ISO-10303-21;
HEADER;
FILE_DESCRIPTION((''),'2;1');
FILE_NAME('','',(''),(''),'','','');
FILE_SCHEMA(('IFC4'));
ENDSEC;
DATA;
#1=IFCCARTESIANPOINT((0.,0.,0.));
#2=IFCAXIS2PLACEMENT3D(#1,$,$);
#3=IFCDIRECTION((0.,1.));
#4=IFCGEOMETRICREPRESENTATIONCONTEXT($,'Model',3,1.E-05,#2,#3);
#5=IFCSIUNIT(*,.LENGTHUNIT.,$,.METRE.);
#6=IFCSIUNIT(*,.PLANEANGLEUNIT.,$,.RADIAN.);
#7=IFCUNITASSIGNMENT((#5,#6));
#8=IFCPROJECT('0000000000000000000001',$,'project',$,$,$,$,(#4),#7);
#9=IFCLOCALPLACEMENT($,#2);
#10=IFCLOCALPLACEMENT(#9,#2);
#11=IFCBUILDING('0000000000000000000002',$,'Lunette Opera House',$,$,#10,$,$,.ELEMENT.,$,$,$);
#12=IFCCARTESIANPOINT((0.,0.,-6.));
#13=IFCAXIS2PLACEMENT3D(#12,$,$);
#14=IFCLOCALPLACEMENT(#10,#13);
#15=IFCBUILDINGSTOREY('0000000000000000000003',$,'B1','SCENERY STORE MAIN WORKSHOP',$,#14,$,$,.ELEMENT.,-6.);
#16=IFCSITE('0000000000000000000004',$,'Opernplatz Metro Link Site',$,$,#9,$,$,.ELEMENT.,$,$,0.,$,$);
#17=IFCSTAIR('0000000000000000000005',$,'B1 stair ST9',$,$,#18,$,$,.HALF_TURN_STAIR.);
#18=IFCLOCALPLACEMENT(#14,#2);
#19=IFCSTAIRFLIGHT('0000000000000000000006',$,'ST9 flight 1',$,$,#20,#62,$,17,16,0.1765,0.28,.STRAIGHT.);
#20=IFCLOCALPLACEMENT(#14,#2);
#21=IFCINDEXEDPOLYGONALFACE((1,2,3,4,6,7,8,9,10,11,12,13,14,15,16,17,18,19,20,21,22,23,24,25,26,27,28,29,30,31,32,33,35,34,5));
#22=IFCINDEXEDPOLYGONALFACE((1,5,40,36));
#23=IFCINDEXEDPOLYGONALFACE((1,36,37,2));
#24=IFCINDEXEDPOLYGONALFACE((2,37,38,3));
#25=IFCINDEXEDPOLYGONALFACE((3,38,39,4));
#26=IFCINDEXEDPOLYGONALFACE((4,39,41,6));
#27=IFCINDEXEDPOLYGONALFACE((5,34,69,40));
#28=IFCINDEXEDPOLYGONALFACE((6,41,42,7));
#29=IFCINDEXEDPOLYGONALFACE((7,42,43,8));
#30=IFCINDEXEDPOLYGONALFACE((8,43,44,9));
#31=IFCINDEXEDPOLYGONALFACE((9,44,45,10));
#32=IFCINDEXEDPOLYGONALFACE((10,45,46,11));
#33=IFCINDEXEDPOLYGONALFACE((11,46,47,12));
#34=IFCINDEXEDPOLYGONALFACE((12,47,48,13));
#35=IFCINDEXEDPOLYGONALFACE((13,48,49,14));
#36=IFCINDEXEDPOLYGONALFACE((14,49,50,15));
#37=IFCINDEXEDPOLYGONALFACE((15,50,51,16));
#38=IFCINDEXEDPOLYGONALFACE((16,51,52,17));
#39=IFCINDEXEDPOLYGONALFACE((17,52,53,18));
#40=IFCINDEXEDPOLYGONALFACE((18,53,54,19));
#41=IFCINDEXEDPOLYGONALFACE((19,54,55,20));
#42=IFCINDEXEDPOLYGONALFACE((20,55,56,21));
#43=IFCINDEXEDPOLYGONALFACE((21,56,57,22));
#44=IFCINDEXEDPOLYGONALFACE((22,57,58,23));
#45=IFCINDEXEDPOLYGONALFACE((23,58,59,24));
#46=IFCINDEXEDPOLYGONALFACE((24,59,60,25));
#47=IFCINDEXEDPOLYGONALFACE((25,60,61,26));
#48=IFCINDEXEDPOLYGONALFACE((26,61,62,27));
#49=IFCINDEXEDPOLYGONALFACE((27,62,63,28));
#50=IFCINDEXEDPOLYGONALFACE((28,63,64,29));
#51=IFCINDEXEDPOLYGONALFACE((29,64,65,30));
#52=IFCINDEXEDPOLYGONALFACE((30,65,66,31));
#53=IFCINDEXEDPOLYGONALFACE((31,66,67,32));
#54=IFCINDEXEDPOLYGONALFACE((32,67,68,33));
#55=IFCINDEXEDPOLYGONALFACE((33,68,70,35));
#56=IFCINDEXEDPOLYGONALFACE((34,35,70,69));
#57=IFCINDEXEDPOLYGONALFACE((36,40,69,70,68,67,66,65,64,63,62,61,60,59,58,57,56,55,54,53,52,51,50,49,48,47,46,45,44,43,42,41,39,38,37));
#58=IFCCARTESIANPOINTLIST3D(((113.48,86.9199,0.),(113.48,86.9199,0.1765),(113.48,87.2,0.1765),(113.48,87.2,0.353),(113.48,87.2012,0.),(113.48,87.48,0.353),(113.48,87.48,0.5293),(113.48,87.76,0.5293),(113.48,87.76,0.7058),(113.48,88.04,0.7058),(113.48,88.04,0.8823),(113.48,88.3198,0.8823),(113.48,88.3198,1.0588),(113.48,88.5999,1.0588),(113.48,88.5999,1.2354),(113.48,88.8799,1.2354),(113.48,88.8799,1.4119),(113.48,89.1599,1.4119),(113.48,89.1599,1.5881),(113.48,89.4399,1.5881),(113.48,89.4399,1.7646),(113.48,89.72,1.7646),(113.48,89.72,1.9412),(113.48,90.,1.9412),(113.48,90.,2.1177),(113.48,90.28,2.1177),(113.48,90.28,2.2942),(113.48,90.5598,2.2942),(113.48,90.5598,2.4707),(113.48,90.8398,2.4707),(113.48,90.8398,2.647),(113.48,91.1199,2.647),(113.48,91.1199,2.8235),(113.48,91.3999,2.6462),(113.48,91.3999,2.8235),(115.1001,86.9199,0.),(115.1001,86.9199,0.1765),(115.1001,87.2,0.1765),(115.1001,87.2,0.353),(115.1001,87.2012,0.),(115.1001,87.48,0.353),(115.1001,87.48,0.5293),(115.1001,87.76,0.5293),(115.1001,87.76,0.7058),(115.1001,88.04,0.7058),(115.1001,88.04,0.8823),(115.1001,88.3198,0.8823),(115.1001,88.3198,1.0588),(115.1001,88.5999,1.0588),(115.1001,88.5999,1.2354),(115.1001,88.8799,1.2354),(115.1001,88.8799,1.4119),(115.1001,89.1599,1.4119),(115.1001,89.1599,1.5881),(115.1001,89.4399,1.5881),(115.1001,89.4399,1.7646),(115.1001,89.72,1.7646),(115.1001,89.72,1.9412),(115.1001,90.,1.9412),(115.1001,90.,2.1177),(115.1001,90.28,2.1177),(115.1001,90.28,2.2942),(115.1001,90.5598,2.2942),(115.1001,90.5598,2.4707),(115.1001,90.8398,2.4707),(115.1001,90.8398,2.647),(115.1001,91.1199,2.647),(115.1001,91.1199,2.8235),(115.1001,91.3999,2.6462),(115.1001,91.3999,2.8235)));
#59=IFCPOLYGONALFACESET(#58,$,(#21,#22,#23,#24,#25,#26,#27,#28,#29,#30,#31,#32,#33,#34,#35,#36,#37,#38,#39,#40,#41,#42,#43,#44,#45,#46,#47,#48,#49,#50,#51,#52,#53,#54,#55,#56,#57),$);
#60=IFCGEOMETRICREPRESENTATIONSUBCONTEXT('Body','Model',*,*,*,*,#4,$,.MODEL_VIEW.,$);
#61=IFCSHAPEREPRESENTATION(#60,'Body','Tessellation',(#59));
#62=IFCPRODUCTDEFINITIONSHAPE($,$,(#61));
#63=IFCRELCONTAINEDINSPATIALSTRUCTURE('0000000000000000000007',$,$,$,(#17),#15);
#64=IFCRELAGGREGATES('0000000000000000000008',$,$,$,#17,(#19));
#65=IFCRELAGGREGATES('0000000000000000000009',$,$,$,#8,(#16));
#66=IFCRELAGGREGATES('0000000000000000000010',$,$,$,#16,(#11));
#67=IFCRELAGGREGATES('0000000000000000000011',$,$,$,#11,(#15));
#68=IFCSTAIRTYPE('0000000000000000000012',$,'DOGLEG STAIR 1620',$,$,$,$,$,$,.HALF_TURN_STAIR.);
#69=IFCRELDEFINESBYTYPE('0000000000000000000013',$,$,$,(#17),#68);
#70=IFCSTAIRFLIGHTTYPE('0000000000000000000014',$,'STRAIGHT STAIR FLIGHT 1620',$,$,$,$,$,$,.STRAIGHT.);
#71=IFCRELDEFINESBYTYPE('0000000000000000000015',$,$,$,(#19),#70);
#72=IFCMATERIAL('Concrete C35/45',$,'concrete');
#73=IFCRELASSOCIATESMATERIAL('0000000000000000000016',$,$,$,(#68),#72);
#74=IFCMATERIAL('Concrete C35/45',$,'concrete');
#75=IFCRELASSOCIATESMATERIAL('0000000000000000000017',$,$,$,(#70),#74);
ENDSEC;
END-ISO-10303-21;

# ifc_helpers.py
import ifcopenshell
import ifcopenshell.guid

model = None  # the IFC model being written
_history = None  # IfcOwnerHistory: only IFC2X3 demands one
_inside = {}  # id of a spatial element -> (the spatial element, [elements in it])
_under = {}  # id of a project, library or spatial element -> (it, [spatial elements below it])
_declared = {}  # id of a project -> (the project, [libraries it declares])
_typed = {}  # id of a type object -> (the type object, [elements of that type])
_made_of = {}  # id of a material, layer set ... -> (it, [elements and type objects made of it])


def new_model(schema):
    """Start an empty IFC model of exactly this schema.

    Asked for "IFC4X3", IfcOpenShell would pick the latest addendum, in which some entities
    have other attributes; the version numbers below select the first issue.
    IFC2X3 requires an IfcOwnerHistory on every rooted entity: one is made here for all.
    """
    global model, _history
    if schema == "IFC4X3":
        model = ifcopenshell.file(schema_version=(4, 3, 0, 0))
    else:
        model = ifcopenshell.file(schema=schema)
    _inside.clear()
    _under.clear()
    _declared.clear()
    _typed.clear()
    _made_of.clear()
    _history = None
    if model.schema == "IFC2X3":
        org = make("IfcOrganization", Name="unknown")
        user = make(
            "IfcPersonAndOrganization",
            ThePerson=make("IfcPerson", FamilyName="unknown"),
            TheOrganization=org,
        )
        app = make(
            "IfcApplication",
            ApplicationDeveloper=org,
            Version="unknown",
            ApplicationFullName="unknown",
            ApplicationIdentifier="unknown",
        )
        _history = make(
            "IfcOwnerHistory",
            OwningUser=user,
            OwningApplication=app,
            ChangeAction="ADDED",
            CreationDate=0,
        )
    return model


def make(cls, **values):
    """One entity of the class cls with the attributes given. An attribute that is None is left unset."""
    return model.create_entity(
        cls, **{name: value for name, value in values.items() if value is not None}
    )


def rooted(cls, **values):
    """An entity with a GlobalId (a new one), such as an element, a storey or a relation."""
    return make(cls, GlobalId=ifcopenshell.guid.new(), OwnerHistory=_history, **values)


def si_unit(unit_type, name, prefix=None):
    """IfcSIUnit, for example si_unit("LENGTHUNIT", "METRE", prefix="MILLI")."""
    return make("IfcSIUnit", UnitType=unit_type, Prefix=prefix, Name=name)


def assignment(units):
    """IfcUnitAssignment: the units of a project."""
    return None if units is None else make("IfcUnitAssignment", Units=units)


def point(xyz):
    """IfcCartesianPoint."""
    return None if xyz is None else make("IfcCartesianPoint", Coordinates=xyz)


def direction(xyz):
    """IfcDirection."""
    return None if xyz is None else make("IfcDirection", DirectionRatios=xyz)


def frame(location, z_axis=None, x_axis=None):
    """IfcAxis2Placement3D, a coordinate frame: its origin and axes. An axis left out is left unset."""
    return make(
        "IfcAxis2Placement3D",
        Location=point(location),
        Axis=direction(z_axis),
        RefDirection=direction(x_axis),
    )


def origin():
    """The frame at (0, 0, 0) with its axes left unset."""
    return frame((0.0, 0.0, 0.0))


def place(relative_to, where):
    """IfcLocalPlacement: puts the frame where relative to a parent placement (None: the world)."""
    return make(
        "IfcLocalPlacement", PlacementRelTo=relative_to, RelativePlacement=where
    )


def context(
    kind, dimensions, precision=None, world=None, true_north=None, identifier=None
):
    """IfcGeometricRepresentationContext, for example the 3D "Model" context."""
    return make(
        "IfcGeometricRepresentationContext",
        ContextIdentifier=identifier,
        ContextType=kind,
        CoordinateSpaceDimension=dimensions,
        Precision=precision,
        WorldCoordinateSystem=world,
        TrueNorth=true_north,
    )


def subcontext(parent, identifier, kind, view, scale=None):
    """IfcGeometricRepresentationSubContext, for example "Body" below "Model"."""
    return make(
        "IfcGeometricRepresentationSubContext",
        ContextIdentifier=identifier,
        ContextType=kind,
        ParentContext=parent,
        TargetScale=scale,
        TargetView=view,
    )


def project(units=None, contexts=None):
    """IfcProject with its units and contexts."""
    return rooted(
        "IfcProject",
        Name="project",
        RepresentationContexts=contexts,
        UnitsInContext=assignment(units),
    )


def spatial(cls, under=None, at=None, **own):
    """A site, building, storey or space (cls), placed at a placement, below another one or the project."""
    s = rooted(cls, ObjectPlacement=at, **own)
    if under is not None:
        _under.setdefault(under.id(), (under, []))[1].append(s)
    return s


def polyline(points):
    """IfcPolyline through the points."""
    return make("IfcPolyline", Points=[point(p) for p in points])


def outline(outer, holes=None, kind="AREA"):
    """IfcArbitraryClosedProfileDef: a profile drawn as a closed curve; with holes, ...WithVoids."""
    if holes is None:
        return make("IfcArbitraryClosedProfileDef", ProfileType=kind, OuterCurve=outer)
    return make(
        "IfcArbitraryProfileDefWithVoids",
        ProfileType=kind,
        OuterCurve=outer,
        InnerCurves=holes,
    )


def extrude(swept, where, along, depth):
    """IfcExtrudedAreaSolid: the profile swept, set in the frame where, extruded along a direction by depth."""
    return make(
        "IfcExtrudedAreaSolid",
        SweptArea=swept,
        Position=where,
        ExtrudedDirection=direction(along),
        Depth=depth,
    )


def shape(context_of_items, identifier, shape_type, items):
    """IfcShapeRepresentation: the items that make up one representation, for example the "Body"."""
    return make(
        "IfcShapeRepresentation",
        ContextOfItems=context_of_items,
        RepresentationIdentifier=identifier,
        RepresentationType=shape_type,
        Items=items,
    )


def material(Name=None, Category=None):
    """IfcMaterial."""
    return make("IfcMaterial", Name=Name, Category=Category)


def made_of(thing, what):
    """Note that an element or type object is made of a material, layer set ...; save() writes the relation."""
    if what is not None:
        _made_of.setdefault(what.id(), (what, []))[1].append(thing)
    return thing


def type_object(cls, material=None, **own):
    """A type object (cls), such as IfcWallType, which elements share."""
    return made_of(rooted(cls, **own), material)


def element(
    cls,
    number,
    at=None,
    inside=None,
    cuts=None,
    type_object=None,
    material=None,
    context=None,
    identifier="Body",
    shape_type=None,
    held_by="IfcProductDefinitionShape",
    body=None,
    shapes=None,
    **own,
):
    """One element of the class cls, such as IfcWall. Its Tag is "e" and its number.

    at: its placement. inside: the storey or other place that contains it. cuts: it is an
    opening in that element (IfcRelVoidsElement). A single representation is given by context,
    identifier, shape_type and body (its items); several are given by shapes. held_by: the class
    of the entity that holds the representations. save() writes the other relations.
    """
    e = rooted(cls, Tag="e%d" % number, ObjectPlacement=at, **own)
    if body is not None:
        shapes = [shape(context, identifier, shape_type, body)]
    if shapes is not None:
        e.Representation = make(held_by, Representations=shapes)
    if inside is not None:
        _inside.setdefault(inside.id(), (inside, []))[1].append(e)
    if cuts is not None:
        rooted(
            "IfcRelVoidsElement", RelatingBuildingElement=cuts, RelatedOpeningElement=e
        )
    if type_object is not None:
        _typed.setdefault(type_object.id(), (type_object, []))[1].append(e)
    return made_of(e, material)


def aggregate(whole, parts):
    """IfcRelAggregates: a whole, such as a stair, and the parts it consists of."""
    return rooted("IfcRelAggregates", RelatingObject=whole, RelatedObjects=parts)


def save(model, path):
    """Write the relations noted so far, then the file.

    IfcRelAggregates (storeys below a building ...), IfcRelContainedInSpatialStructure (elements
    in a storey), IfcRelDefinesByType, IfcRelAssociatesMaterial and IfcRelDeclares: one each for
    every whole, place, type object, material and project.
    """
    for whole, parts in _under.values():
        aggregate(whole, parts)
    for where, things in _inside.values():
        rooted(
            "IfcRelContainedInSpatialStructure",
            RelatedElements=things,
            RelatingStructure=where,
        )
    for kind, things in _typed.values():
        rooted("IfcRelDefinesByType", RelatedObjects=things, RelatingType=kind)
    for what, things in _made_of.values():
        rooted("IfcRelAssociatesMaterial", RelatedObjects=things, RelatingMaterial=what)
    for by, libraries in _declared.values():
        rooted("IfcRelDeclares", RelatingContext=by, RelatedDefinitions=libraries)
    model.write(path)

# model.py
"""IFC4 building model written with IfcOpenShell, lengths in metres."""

from ifc_helpers import new_model, si_unit, direction, frame, origin, place, context, subcontext, project, spatial, polyline, outline, extrude, material, type_object, element, aggregate, save


model = new_model("IFC4")

# Units and contexts
model_context = context("Model", 3, precision=1e-05, world=origin(), true_north=direction((0.0, 1.0)))
body_context = subcontext(model_context, "Body", "Model", "MODEL_VIEW")
ifc_project = project(units=[si_unit("LENGTHUNIT", "METRE"), si_unit("PLANEANGLEUNIT", "RADIAN")], contexts=[model_context])

# Site, building, storey
site_placement = place(None, origin())
site = spatial("IfcSite", under=ifc_project, at=site_placement, Name="Opernplatz Metro Link Site", CompositionType="ELEMENT", RefElevation=0.0)
building_placement = place(site_placement, origin())
building = spatial("IfcBuilding", under=site, at=building_placement, Name="Lunette Opera House", CompositionType="ELEMENT")
storey_placement = place(building_placement, frame((0.0, 0.0, -6.0)))
storey = spatial("IfcBuildingStorey", under=building, at=storey_placement, Name="B1", Description="SCENERY STORE MAIN WORKSHOP", CompositionType="ELEMENT", Elevation=-6.0)

# Stair, stair flight
ifc_material_1 = material(Name="Concrete C35/45", Category="concrete")
stair_type = type_object("IfcStairType", Name="DOGLEG STAIR 1620", PredefinedType="HALF_TURN_STAIR", material=ifc_material_1)
stair_placement = place(storey_placement, origin())
stair = element("IfcStair", 1, at=stair_placement, inside=storey, type_object=stair_type, Name="B1 stair ST9", PredefinedType="HALF_TURN_STAIR")
ifc_material_2 = material(Name="Concrete C35/45", Category="concrete")
stair_flight_type = type_object("IfcStairFlightType", Name="STRAIGHT STAIR FLIGHT 1620", PredefinedType="STRAIGHT", material=ifc_material_2)
stair_flight_placement = place(storey_placement, frame((114.29, 86.9199, 0.0), z_axis=(0.0, 0.0, 1.0), x_axis=(0.0, 1.0, 0.0)))
stair_flight = element("IfcStairFlight", 2, at=stair_flight_placement, type_object=stair_flight_type, Name="ST9 flight 1", NumberOfRisers=17, NumberOfTreads=16, PredefinedType="STRAIGHT", RiserHeight=0.1765, TreadLength=0.28, context=body_context, shape_type="SweptSolid", body=[
    extrude(outline(polyline([(0.0, 0.0), (0.0, 0.1765), (0.28, 0.1765), (0.28, 0.353), (0.5601, 0.353), (0.5601, 0.5293), (0.8401, 0.5293), (0.8401, 0.7058), (1.1201, 0.7058), (1.1201, 0.8823), (1.3999, 0.8823), (1.3999, 1.0588), (1.6799, 1.0588), (1.6799, 1.2354), (1.96, 1.2354), (1.96, 1.4119), (2.24, 1.4119), (2.24, 1.5881), (2.52, 1.5881), (2.52, 1.7646), (2.8, 1.7646), (2.8, 1.9412), (3.0801, 1.9412), (3.0801, 2.1177), (3.3601, 2.1177), (3.3601, 2.2942), (3.6399, 2.2942), (3.6399, 2.4707), (3.9199, 2.4707), (3.9199, 2.647), (4.2, 2.647), (4.2, 2.8235), (4.48, 2.8235), (4.48, 3.0), (4.48, 2.6462), (0.2812, 0.0), (0.0, 0.0)])), frame((0.0, 0.8101, 0.0), z_axis=(0.0, -1.0, 0.0), x_axis=(1.0, 0.0, 0.0)), (0.0, 0.0, 1.0), 1.6201),
])
aggregate(stair, [stair_flight])

save(model, "model.ifc")
